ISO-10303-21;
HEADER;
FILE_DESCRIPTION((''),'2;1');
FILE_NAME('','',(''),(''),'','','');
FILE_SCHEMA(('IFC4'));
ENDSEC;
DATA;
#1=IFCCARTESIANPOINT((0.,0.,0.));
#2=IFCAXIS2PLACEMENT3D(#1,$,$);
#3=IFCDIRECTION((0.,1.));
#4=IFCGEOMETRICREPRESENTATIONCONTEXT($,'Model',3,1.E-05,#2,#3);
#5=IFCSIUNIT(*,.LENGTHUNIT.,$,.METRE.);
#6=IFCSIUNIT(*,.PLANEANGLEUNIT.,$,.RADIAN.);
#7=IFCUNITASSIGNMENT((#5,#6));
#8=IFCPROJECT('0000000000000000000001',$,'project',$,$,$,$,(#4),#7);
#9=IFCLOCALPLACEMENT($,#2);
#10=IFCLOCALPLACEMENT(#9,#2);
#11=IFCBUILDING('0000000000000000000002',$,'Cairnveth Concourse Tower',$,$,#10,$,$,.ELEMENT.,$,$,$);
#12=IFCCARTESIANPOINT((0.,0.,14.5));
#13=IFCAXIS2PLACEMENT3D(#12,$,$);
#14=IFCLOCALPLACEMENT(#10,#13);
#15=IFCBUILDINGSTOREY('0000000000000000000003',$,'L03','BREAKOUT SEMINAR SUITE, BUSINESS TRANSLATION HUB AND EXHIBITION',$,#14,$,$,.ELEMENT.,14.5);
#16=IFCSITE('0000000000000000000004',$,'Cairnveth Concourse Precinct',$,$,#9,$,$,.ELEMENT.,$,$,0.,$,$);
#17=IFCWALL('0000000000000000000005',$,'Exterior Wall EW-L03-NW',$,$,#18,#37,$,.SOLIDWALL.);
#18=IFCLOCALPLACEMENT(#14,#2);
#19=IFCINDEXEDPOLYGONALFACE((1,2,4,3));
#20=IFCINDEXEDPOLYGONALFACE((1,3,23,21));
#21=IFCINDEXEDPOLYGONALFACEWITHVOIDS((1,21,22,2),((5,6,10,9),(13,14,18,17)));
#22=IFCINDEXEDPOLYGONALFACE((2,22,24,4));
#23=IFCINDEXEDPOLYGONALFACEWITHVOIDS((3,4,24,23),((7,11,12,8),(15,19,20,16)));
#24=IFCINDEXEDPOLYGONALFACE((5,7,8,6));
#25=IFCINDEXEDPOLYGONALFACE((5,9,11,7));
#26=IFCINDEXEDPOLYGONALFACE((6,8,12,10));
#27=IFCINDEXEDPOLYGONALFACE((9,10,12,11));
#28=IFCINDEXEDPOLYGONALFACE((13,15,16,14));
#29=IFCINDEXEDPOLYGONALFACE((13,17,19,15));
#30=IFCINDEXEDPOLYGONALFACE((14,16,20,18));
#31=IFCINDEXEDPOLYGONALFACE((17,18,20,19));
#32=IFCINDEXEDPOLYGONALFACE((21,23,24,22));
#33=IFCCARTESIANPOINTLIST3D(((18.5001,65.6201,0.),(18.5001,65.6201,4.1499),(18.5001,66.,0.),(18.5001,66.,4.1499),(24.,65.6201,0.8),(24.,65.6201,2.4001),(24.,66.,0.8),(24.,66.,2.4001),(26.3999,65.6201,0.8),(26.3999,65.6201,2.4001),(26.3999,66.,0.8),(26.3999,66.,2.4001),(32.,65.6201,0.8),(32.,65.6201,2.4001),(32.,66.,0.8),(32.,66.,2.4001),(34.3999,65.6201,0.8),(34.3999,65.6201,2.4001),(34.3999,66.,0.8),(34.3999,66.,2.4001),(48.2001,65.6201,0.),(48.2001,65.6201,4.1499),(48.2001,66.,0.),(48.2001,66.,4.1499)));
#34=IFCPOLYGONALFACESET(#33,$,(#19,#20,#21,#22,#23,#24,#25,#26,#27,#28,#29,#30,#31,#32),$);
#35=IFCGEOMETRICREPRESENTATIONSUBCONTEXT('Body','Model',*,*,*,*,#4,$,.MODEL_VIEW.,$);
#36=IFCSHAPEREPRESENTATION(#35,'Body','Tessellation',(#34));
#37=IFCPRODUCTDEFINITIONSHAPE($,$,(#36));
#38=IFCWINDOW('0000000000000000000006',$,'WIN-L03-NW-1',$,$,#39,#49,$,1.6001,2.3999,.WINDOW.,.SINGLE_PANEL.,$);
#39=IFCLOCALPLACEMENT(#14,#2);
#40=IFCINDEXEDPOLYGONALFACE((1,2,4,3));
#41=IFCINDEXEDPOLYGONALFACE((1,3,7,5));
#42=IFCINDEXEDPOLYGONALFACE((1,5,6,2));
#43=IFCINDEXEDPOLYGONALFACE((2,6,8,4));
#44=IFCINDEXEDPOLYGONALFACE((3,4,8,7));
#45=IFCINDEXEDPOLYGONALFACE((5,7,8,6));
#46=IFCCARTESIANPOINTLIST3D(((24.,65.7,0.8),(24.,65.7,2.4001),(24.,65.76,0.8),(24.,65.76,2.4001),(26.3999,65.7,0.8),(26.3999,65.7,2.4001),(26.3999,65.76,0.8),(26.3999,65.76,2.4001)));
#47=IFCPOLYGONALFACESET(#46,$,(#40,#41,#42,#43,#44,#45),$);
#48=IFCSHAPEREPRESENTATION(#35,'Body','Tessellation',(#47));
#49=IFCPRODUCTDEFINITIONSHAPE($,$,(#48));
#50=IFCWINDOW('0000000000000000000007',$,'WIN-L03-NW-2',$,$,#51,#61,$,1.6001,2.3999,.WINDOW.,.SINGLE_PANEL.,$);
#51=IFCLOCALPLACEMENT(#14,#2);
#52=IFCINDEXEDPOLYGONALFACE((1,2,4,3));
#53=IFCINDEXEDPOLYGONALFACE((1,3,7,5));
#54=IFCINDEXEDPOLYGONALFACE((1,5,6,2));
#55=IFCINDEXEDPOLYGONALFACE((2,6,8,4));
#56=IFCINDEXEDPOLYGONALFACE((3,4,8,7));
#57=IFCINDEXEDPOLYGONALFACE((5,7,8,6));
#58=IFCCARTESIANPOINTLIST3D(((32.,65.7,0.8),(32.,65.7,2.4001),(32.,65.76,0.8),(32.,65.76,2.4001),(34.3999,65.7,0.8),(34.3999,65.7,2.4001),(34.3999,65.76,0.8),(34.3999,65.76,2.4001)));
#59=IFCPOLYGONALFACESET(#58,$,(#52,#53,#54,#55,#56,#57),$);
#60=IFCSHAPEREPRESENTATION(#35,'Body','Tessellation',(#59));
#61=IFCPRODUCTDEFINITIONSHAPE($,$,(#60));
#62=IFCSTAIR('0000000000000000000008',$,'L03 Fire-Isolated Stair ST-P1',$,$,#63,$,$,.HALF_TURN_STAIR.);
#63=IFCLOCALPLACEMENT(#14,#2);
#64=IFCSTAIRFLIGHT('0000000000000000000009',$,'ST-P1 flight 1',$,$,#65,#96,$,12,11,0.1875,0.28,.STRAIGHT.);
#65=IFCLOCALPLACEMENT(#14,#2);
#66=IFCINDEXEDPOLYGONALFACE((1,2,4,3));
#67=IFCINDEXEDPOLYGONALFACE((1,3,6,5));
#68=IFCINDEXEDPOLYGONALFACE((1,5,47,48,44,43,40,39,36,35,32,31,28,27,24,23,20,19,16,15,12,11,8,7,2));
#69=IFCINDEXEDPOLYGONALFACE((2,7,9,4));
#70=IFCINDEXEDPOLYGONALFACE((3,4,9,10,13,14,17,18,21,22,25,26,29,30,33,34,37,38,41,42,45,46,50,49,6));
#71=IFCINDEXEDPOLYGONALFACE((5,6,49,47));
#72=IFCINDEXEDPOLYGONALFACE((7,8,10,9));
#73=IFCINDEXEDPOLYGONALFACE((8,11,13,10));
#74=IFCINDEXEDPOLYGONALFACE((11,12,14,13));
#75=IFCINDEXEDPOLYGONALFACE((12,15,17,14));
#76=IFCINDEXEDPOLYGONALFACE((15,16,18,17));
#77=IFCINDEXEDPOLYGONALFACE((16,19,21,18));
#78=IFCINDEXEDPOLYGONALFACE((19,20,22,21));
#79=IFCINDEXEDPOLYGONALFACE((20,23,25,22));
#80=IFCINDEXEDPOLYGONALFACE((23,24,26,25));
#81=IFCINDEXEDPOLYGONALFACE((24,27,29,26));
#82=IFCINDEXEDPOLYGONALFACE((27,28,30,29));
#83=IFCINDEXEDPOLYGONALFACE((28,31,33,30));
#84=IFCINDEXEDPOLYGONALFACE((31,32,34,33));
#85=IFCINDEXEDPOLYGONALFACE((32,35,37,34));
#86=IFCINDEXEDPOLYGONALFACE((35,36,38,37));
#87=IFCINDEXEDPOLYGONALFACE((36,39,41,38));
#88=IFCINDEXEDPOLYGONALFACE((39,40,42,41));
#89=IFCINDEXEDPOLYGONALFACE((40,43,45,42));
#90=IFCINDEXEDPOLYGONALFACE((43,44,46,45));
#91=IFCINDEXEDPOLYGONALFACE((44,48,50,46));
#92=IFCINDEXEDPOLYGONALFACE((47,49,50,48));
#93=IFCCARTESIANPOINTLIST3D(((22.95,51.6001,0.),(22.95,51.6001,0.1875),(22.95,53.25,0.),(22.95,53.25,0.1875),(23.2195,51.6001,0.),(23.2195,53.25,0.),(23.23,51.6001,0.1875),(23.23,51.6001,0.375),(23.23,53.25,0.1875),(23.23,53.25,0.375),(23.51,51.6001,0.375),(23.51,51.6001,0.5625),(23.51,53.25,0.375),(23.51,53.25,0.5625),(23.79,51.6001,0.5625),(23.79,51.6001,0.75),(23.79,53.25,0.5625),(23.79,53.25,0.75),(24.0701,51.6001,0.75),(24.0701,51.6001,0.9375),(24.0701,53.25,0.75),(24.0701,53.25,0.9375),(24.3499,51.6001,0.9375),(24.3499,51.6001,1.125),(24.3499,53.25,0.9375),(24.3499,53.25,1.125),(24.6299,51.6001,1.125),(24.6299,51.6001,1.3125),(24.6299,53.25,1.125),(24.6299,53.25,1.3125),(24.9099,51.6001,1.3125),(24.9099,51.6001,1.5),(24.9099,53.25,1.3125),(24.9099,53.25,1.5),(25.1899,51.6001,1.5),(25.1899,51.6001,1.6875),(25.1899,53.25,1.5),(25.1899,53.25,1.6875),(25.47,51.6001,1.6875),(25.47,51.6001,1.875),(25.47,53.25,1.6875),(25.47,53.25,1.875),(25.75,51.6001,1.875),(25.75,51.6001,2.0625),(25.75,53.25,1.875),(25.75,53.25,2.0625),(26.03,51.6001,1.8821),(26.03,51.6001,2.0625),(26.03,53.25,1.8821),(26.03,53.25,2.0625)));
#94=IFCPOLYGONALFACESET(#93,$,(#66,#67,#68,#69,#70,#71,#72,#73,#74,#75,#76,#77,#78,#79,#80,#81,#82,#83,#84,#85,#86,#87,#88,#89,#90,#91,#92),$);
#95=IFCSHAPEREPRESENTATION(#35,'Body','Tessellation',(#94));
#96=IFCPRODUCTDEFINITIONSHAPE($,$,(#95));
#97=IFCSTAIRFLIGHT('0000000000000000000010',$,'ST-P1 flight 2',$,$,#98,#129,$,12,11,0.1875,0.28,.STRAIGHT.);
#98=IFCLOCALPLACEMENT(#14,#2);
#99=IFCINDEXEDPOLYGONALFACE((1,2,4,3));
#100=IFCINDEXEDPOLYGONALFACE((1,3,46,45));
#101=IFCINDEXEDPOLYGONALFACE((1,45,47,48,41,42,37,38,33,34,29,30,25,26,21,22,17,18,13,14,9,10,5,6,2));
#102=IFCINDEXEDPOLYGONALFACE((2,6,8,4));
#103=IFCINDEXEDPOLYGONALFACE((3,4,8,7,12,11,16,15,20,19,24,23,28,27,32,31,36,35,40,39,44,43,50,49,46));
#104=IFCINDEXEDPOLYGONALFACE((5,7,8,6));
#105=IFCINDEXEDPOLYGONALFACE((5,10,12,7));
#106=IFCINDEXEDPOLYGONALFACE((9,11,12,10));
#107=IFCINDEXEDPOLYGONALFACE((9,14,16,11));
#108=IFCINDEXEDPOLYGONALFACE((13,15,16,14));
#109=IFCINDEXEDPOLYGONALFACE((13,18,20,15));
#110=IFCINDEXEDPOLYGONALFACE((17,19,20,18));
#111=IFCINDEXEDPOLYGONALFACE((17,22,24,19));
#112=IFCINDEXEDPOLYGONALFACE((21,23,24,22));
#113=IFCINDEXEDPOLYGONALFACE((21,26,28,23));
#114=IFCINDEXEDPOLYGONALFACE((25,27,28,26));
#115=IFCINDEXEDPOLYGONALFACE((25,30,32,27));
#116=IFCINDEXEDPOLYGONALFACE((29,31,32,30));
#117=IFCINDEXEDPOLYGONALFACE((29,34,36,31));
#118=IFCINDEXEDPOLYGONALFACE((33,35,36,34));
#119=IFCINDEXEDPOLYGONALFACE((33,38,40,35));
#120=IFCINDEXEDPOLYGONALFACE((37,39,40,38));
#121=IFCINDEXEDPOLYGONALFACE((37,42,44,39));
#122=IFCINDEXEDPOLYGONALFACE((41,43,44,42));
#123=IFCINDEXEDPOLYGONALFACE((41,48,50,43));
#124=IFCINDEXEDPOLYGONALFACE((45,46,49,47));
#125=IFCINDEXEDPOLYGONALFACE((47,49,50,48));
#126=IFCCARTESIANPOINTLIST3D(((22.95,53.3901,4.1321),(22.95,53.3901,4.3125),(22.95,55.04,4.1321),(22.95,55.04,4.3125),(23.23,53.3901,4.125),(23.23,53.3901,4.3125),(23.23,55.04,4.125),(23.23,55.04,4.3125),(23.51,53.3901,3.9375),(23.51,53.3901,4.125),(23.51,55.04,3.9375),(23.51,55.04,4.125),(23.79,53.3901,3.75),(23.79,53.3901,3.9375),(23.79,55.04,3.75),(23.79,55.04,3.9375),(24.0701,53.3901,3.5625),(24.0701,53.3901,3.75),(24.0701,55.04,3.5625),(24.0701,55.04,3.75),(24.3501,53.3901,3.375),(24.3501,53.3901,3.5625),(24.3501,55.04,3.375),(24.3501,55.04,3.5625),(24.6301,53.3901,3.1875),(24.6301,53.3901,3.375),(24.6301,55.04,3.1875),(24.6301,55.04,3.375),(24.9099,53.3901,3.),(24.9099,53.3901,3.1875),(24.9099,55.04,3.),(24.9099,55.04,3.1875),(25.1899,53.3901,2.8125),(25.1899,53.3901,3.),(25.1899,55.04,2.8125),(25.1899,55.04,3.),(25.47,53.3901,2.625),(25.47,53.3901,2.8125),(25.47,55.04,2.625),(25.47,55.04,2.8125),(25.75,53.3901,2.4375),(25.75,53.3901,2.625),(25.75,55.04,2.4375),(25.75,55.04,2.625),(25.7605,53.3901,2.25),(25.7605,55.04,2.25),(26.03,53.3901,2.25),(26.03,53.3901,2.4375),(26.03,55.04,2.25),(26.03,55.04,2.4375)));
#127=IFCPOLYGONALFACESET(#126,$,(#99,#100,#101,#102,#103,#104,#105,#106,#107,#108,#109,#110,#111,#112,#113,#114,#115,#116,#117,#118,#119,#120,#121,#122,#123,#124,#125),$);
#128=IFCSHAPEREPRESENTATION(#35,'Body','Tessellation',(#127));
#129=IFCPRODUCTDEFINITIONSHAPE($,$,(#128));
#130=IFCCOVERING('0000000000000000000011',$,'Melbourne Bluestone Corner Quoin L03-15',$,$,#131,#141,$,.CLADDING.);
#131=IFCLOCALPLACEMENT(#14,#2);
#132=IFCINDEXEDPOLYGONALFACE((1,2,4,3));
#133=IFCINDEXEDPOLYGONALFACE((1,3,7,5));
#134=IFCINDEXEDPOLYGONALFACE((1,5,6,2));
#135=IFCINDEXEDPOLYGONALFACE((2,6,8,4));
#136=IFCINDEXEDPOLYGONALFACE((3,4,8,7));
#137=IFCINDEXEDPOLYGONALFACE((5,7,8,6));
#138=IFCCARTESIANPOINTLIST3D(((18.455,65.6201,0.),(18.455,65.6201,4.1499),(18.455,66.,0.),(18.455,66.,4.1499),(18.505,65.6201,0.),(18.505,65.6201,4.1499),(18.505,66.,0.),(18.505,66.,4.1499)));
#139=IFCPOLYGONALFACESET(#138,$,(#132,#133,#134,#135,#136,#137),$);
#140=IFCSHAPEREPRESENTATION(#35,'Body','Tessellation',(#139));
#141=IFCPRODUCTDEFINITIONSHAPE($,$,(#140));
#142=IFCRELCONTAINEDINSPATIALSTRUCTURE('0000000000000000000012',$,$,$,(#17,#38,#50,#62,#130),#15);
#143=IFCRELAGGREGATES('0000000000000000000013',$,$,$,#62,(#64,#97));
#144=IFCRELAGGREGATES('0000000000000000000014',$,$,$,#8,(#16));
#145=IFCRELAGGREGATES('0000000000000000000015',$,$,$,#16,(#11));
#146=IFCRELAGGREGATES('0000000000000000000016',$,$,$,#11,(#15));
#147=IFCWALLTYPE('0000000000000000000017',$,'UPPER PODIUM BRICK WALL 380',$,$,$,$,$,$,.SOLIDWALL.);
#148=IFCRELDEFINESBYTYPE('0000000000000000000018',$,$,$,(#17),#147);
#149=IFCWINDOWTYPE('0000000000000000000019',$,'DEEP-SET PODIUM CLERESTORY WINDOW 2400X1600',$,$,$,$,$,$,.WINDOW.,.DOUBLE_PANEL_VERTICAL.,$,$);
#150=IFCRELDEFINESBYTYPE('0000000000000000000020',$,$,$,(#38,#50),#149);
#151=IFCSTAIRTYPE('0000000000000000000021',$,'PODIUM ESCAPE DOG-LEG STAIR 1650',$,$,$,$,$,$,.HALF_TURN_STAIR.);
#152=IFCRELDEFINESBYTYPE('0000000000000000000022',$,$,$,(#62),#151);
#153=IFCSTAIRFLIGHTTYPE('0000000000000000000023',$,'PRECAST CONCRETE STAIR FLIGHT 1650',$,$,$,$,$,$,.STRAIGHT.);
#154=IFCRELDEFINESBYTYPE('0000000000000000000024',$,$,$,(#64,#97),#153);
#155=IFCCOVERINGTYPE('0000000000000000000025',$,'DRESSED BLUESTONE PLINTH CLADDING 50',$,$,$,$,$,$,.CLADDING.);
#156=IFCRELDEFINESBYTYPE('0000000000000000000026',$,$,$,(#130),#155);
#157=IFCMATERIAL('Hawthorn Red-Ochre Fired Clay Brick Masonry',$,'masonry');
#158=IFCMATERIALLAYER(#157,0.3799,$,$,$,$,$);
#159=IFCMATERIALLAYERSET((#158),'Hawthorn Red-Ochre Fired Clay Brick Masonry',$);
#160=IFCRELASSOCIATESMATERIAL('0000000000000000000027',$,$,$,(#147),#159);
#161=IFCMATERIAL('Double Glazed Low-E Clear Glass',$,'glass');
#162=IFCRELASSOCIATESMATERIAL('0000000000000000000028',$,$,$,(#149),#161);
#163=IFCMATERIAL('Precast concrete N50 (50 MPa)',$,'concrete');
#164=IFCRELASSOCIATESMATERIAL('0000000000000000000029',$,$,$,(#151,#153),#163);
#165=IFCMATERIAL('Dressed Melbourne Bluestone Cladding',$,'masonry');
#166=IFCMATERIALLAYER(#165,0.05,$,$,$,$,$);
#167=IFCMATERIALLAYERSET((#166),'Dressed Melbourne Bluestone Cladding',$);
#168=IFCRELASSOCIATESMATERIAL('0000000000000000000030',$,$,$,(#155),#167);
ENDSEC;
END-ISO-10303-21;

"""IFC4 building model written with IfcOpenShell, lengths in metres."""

from ifc_helpers import new_model, si_unit, direction, frame, frame_2d, origin, place, context, subcontext, project, spatial, polyline, rectangle, outline, extrude, material, layer, layer_set, type_object, element, fill, aggregate, save


model = new_model("IFC4")

# Units and contexts
model_context = context("Model", 3, precision=1e-05, world=origin(), true_north=direction((0.0, 1.0)))
body_context = subcontext(model_context, "Body", "Model", "MODEL_VIEW")
ifc_project = project(units=[si_unit("LENGTHUNIT", "METRE"), si_unit("PLANEANGLEUNIT", "RADIAN")], contexts=[model_context])

# Site, building, storey
site_placement = place(None, origin())
site = spatial("IfcSite", under=ifc_project, at=site_placement, Name="Cairnveth Concourse Precinct", CompositionType="ELEMENT", RefElevation=0.0)
building_placement = place(site_placement, origin())
building = spatial("IfcBuilding", under=site, at=building_placement, Name="Cairnveth Concourse Tower", CompositionType="ELEMENT")
storey_placement = place(building_placement, frame((0.0, 0.0, 14.5)))
storey = spatial("IfcBuildingStorey", under=building, at=storey_placement, Name="L03", Description="BREAKOUT SEMINAR SUITE, BUSINESS TRANSLATION HUB AND EXHIBITION", CompositionType="ELEMENT", Elevation=14.5)

# Wall, openings, windows
ifc_material_1 = material(Name="Hawthorn Red-Ochre Fired Clay Brick Masonry", Category="masonry")
ifc_layer_1 = layer(ifc_material_1, 0.3799)
ifc_layer_set_1 = layer_set([ifc_layer_1], Name="Hawthorn Red-Ochre Fired Clay Brick Masonry")
wall_type_1 = type_object("IfcWallType", Name="UPPER PODIUM BRICK WALL 380", PredefinedType="SOLIDWALL", material=ifc_layer_set_1)
wall_1_placement = place(storey_placement, frame((18.5, 65.8101, 0.0), z_axis=(0.0, 0.0, 1.0), x_axis=(1.0, 0.0, 0.0)))
wall_1 = element("IfcWall", 1, at=wall_1_placement, inside=storey, type_object=wall_type_1, Name="Exterior Wall EW-L03-NW", PredefinedType="SOLIDWALL", context=body_context, shape_type="SweptSolid", body=[
    extrude(rectangle(XDim=29.7, YDim=0.3799, at=frame_2d((14.8501, 0.0))), origin(), (0.0, 0.0, 1.0), 4.1499),
])
opening_1_placement = place(wall_1_placement, frame((5.5, 0.0, 0.8)))
opening_1 = element("IfcOpeningElement", 2, at=opening_1_placement, cuts=wall_1, PredefinedType="OPENING", context=body_context, shape_type="SweptSolid", body=[
    extrude(rectangle(XDim=2.3999, YDim=1.6001, at=frame_2d((1.2, 0.8))), frame((0.0, 0.2, 0.0), z_axis=(0.0, -1.0, 0.0), x_axis=(1.0, 0.0, 0.0)), (0.0, 0.0, 1.0), 0.3999),
])
opening_2_placement = place(wall_1_placement, frame((13.5, 0.0, 0.8)))
opening_2 = element("IfcOpeningElement", 3, at=opening_2_placement, cuts=wall_1, PredefinedType="OPENING", context=body_context, shape_type="SweptSolid", body=[
    extrude(rectangle(XDim=2.3999, YDim=1.6001, at=frame_2d((1.2, 0.8))), frame((0.0, 0.2, 0.0), z_axis=(0.0, -1.0, 0.0), x_axis=(1.0, 0.0, 0.0)), (0.0, 0.0, 1.0), 0.3999),
])
ifc_material_2 = material(Name="Double Glazed Low-E Clear Glass", Category="glass")
window_type = type_object("IfcWindowType", Name="DEEP-SET PODIUM CLERESTORY WINDOW 2400X1600", PartitioningType="DOUBLE_PANEL_VERTICAL", PredefinedType="WINDOW", material=ifc_material_2)
window_1_placement = place(opening_1_placement, origin())
window_1 = element("IfcWindow", 4, at=window_1_placement, inside=storey, type_object=window_type, Name="WIN-L03-NW-1", OverallHeight=1.6001, OverallWidth=2.3999, PartitioningType="SINGLE_PANEL", PredefinedType="WINDOW", context=body_context, shape_type="SweptSolid", body=[
    extrude(rectangle(XDim=2.3999, YDim=1.6001, at=frame_2d((1.2, 0.8))), frame((0.0, -0.05, 0.0), z_axis=(0.0, -1.0, 0.0), x_axis=(1.0, 0.0, 0.0)), (0.0, 0.0, 1.0), 0.0601),
])
fill(opening_1, window_1)
window_2_placement = place(opening_2_placement, origin())
window_2 = element("IfcWindow", 5, at=window_2_placement, inside=storey, type_object=window_type, Name="WIN-L03-NW-2", OverallHeight=1.6001, OverallWidth=2.3999, PartitioningType="SINGLE_PANEL", PredefinedType="WINDOW", context=body_context, shape_type="SweptSolid", body=[
    extrude(rectangle(XDim=2.3999, YDim=1.6001, at=frame_2d((1.2, 0.8))), frame((0.0, -0.05, 0.0), z_axis=(0.0, -1.0, 0.0), x_axis=(1.0, 0.0, 0.0)), (0.0, 0.0, 1.0), 0.0601),
])
fill(opening_2, window_2)

# Stair, stair flights
ifc_material_3 = material(Name="Precast concrete N50 (50 MPa)", Category="concrete")
stair_type = type_object("IfcStairType", Name="PODIUM ESCAPE DOG-LEG STAIR 1650", PredefinedType="HALF_TURN_STAIR", material=ifc_material_3)
stair_placement = place(storey_placement, origin())
stair = element("IfcStair", 6, at=stair_placement, inside=storey, type_object=stair_type, Name="L03 Fire-Isolated Stair ST-P1", PredefinedType="HALF_TURN_STAIR")
stair_flight_type = type_object("IfcStairFlightType", Name="PRECAST CONCRETE STAIR FLIGHT 1650", PredefinedType="STRAIGHT", material=ifc_material_3)
stair_flight_1_placement = place(storey_placement, frame((22.95, 52.425, 0.0), z_axis=(0.0, 0.0, 1.0), x_axis=(1.0, 0.0, 0.0)))
stair_flight_1 = element("IfcStairFlight", 7, at=stair_flight_1_placement, type_object=stair_flight_type, Name="ST-P1 flight 1", NumberOfRisers=12, NumberOfTreads=11, PredefinedType="STRAIGHT", RiserHeight=0.1875, TreadLength=0.28, context=body_context, shape_type="SweptSolid", body=[
    extrude(outline(polyline([(0.0, 0.0), (0.0, 0.1875), (0.28, 0.1875), (0.28, 0.375), (0.5601, 0.375), (0.5601, 0.5625), (0.8401, 0.5625), (0.8401, 0.75), (1.1201, 0.75), (1.1201, 0.9375), (1.3999, 0.9375), (1.3999, 1.125), (1.6799, 1.125), (1.6799, 1.3125), (1.96, 1.3125), (1.96, 1.5), (2.24, 1.5), (2.24, 1.6875), (2.52, 1.6875), (2.52, 1.875), (2.8, 1.875), (2.8, 2.0625), (3.0801, 2.0625), (3.0801, 2.25), (3.0801, 1.8821), (0.2695, 0.0), (0.0, 0.0)])), frame((0.0, 0.825, 0.0), z_axis=(0.0, -1.0, 0.0), x_axis=(1.0, 0.0, 0.0)), (0.0, 0.0, 1.0), 1.6499),
])
stair_flight_2_placement = place(storey_placement, frame((26.03, 54.2151, 2.25), z_axis=(0.0, 0.0, 1.0), x_axis=(-1.0, 0.0, 0.0)))
stair_flight_2 = element("IfcStairFlight", 8, at=stair_flight_2_placement, type_object=stair_flight_type, Name="ST-P1 flight 2", NumberOfRisers=12, NumberOfTreads=11, PredefinedType="STRAIGHT", RiserHeight=0.1875, TreadLength=0.28, context=body_context, shape_type="SweptSolid", body=[
    extrude(outline(polyline([(0.0, 0.0), (0.0, 0.1875), (0.28, 0.1875), (0.28, 0.375), (0.5601, 0.375), (0.5601, 0.5625), (0.8401, 0.5625), (0.8401, 0.75), (1.1201, 0.75), (1.1201, 0.9375), (1.3999, 0.9375), (1.3999, 1.125), (1.6799, 1.125), (1.6799, 1.3125), (1.96, 1.3125), (1.96, 1.5), (2.24, 1.5), (2.24, 1.6875), (2.52, 1.6875), (2.52, 1.875), (2.8, 1.875), (2.8, 2.0625), (3.0801, 2.0625), (3.0801, 2.25), (3.0801, 1.8821), (0.2695, 0.0), (0.0, 0.0)])), frame((0.0, 0.825, 0.0), z_axis=(0.0, -1.0, 0.0), x_axis=(1.0, 0.0, 0.0)), (0.0, 0.0, 1.0), 1.6499),
])
aggregate(stair, [stair_flight_1, stair_flight_2])

# Covering
ifc_material_4 = material(Name="Dressed Melbourne Bluestone Cladding", Category="masonry")
ifc_layer_2 = layer(ifc_material_4, 0.05)
ifc_layer_set_2 = layer_set([ifc_layer_2], Name="Dressed Melbourne Bluestone Cladding")
covering_type = type_object("IfcCoveringType", Name="DRESSED BLUESTONE PLINTH CLADDING 50", PredefinedType="CLADDING", material=ifc_layer_set_2)
covering_placement = place(storey_placement, frame((18.48, 65.6201, 0.0), z_axis=(0.0, 0.0, 1.0), x_axis=(0.0, 1.0, 0.0)))
element("IfcCovering", 9, at=covering_placement, inside=storey, type_object=covering_type, Name="Melbourne Bluestone Corner Quoin L03-15", PredefinedType="CLADDING", context=body_context, shape_type="SweptSolid", body=[
    extrude(rectangle(XDim=0.3799, YDim=0.05, at=frame_2d((0.1899, 0.0))), origin(), (0.0, 0.0, 1.0), 4.1499),
])

save(model, "model.ifc")
